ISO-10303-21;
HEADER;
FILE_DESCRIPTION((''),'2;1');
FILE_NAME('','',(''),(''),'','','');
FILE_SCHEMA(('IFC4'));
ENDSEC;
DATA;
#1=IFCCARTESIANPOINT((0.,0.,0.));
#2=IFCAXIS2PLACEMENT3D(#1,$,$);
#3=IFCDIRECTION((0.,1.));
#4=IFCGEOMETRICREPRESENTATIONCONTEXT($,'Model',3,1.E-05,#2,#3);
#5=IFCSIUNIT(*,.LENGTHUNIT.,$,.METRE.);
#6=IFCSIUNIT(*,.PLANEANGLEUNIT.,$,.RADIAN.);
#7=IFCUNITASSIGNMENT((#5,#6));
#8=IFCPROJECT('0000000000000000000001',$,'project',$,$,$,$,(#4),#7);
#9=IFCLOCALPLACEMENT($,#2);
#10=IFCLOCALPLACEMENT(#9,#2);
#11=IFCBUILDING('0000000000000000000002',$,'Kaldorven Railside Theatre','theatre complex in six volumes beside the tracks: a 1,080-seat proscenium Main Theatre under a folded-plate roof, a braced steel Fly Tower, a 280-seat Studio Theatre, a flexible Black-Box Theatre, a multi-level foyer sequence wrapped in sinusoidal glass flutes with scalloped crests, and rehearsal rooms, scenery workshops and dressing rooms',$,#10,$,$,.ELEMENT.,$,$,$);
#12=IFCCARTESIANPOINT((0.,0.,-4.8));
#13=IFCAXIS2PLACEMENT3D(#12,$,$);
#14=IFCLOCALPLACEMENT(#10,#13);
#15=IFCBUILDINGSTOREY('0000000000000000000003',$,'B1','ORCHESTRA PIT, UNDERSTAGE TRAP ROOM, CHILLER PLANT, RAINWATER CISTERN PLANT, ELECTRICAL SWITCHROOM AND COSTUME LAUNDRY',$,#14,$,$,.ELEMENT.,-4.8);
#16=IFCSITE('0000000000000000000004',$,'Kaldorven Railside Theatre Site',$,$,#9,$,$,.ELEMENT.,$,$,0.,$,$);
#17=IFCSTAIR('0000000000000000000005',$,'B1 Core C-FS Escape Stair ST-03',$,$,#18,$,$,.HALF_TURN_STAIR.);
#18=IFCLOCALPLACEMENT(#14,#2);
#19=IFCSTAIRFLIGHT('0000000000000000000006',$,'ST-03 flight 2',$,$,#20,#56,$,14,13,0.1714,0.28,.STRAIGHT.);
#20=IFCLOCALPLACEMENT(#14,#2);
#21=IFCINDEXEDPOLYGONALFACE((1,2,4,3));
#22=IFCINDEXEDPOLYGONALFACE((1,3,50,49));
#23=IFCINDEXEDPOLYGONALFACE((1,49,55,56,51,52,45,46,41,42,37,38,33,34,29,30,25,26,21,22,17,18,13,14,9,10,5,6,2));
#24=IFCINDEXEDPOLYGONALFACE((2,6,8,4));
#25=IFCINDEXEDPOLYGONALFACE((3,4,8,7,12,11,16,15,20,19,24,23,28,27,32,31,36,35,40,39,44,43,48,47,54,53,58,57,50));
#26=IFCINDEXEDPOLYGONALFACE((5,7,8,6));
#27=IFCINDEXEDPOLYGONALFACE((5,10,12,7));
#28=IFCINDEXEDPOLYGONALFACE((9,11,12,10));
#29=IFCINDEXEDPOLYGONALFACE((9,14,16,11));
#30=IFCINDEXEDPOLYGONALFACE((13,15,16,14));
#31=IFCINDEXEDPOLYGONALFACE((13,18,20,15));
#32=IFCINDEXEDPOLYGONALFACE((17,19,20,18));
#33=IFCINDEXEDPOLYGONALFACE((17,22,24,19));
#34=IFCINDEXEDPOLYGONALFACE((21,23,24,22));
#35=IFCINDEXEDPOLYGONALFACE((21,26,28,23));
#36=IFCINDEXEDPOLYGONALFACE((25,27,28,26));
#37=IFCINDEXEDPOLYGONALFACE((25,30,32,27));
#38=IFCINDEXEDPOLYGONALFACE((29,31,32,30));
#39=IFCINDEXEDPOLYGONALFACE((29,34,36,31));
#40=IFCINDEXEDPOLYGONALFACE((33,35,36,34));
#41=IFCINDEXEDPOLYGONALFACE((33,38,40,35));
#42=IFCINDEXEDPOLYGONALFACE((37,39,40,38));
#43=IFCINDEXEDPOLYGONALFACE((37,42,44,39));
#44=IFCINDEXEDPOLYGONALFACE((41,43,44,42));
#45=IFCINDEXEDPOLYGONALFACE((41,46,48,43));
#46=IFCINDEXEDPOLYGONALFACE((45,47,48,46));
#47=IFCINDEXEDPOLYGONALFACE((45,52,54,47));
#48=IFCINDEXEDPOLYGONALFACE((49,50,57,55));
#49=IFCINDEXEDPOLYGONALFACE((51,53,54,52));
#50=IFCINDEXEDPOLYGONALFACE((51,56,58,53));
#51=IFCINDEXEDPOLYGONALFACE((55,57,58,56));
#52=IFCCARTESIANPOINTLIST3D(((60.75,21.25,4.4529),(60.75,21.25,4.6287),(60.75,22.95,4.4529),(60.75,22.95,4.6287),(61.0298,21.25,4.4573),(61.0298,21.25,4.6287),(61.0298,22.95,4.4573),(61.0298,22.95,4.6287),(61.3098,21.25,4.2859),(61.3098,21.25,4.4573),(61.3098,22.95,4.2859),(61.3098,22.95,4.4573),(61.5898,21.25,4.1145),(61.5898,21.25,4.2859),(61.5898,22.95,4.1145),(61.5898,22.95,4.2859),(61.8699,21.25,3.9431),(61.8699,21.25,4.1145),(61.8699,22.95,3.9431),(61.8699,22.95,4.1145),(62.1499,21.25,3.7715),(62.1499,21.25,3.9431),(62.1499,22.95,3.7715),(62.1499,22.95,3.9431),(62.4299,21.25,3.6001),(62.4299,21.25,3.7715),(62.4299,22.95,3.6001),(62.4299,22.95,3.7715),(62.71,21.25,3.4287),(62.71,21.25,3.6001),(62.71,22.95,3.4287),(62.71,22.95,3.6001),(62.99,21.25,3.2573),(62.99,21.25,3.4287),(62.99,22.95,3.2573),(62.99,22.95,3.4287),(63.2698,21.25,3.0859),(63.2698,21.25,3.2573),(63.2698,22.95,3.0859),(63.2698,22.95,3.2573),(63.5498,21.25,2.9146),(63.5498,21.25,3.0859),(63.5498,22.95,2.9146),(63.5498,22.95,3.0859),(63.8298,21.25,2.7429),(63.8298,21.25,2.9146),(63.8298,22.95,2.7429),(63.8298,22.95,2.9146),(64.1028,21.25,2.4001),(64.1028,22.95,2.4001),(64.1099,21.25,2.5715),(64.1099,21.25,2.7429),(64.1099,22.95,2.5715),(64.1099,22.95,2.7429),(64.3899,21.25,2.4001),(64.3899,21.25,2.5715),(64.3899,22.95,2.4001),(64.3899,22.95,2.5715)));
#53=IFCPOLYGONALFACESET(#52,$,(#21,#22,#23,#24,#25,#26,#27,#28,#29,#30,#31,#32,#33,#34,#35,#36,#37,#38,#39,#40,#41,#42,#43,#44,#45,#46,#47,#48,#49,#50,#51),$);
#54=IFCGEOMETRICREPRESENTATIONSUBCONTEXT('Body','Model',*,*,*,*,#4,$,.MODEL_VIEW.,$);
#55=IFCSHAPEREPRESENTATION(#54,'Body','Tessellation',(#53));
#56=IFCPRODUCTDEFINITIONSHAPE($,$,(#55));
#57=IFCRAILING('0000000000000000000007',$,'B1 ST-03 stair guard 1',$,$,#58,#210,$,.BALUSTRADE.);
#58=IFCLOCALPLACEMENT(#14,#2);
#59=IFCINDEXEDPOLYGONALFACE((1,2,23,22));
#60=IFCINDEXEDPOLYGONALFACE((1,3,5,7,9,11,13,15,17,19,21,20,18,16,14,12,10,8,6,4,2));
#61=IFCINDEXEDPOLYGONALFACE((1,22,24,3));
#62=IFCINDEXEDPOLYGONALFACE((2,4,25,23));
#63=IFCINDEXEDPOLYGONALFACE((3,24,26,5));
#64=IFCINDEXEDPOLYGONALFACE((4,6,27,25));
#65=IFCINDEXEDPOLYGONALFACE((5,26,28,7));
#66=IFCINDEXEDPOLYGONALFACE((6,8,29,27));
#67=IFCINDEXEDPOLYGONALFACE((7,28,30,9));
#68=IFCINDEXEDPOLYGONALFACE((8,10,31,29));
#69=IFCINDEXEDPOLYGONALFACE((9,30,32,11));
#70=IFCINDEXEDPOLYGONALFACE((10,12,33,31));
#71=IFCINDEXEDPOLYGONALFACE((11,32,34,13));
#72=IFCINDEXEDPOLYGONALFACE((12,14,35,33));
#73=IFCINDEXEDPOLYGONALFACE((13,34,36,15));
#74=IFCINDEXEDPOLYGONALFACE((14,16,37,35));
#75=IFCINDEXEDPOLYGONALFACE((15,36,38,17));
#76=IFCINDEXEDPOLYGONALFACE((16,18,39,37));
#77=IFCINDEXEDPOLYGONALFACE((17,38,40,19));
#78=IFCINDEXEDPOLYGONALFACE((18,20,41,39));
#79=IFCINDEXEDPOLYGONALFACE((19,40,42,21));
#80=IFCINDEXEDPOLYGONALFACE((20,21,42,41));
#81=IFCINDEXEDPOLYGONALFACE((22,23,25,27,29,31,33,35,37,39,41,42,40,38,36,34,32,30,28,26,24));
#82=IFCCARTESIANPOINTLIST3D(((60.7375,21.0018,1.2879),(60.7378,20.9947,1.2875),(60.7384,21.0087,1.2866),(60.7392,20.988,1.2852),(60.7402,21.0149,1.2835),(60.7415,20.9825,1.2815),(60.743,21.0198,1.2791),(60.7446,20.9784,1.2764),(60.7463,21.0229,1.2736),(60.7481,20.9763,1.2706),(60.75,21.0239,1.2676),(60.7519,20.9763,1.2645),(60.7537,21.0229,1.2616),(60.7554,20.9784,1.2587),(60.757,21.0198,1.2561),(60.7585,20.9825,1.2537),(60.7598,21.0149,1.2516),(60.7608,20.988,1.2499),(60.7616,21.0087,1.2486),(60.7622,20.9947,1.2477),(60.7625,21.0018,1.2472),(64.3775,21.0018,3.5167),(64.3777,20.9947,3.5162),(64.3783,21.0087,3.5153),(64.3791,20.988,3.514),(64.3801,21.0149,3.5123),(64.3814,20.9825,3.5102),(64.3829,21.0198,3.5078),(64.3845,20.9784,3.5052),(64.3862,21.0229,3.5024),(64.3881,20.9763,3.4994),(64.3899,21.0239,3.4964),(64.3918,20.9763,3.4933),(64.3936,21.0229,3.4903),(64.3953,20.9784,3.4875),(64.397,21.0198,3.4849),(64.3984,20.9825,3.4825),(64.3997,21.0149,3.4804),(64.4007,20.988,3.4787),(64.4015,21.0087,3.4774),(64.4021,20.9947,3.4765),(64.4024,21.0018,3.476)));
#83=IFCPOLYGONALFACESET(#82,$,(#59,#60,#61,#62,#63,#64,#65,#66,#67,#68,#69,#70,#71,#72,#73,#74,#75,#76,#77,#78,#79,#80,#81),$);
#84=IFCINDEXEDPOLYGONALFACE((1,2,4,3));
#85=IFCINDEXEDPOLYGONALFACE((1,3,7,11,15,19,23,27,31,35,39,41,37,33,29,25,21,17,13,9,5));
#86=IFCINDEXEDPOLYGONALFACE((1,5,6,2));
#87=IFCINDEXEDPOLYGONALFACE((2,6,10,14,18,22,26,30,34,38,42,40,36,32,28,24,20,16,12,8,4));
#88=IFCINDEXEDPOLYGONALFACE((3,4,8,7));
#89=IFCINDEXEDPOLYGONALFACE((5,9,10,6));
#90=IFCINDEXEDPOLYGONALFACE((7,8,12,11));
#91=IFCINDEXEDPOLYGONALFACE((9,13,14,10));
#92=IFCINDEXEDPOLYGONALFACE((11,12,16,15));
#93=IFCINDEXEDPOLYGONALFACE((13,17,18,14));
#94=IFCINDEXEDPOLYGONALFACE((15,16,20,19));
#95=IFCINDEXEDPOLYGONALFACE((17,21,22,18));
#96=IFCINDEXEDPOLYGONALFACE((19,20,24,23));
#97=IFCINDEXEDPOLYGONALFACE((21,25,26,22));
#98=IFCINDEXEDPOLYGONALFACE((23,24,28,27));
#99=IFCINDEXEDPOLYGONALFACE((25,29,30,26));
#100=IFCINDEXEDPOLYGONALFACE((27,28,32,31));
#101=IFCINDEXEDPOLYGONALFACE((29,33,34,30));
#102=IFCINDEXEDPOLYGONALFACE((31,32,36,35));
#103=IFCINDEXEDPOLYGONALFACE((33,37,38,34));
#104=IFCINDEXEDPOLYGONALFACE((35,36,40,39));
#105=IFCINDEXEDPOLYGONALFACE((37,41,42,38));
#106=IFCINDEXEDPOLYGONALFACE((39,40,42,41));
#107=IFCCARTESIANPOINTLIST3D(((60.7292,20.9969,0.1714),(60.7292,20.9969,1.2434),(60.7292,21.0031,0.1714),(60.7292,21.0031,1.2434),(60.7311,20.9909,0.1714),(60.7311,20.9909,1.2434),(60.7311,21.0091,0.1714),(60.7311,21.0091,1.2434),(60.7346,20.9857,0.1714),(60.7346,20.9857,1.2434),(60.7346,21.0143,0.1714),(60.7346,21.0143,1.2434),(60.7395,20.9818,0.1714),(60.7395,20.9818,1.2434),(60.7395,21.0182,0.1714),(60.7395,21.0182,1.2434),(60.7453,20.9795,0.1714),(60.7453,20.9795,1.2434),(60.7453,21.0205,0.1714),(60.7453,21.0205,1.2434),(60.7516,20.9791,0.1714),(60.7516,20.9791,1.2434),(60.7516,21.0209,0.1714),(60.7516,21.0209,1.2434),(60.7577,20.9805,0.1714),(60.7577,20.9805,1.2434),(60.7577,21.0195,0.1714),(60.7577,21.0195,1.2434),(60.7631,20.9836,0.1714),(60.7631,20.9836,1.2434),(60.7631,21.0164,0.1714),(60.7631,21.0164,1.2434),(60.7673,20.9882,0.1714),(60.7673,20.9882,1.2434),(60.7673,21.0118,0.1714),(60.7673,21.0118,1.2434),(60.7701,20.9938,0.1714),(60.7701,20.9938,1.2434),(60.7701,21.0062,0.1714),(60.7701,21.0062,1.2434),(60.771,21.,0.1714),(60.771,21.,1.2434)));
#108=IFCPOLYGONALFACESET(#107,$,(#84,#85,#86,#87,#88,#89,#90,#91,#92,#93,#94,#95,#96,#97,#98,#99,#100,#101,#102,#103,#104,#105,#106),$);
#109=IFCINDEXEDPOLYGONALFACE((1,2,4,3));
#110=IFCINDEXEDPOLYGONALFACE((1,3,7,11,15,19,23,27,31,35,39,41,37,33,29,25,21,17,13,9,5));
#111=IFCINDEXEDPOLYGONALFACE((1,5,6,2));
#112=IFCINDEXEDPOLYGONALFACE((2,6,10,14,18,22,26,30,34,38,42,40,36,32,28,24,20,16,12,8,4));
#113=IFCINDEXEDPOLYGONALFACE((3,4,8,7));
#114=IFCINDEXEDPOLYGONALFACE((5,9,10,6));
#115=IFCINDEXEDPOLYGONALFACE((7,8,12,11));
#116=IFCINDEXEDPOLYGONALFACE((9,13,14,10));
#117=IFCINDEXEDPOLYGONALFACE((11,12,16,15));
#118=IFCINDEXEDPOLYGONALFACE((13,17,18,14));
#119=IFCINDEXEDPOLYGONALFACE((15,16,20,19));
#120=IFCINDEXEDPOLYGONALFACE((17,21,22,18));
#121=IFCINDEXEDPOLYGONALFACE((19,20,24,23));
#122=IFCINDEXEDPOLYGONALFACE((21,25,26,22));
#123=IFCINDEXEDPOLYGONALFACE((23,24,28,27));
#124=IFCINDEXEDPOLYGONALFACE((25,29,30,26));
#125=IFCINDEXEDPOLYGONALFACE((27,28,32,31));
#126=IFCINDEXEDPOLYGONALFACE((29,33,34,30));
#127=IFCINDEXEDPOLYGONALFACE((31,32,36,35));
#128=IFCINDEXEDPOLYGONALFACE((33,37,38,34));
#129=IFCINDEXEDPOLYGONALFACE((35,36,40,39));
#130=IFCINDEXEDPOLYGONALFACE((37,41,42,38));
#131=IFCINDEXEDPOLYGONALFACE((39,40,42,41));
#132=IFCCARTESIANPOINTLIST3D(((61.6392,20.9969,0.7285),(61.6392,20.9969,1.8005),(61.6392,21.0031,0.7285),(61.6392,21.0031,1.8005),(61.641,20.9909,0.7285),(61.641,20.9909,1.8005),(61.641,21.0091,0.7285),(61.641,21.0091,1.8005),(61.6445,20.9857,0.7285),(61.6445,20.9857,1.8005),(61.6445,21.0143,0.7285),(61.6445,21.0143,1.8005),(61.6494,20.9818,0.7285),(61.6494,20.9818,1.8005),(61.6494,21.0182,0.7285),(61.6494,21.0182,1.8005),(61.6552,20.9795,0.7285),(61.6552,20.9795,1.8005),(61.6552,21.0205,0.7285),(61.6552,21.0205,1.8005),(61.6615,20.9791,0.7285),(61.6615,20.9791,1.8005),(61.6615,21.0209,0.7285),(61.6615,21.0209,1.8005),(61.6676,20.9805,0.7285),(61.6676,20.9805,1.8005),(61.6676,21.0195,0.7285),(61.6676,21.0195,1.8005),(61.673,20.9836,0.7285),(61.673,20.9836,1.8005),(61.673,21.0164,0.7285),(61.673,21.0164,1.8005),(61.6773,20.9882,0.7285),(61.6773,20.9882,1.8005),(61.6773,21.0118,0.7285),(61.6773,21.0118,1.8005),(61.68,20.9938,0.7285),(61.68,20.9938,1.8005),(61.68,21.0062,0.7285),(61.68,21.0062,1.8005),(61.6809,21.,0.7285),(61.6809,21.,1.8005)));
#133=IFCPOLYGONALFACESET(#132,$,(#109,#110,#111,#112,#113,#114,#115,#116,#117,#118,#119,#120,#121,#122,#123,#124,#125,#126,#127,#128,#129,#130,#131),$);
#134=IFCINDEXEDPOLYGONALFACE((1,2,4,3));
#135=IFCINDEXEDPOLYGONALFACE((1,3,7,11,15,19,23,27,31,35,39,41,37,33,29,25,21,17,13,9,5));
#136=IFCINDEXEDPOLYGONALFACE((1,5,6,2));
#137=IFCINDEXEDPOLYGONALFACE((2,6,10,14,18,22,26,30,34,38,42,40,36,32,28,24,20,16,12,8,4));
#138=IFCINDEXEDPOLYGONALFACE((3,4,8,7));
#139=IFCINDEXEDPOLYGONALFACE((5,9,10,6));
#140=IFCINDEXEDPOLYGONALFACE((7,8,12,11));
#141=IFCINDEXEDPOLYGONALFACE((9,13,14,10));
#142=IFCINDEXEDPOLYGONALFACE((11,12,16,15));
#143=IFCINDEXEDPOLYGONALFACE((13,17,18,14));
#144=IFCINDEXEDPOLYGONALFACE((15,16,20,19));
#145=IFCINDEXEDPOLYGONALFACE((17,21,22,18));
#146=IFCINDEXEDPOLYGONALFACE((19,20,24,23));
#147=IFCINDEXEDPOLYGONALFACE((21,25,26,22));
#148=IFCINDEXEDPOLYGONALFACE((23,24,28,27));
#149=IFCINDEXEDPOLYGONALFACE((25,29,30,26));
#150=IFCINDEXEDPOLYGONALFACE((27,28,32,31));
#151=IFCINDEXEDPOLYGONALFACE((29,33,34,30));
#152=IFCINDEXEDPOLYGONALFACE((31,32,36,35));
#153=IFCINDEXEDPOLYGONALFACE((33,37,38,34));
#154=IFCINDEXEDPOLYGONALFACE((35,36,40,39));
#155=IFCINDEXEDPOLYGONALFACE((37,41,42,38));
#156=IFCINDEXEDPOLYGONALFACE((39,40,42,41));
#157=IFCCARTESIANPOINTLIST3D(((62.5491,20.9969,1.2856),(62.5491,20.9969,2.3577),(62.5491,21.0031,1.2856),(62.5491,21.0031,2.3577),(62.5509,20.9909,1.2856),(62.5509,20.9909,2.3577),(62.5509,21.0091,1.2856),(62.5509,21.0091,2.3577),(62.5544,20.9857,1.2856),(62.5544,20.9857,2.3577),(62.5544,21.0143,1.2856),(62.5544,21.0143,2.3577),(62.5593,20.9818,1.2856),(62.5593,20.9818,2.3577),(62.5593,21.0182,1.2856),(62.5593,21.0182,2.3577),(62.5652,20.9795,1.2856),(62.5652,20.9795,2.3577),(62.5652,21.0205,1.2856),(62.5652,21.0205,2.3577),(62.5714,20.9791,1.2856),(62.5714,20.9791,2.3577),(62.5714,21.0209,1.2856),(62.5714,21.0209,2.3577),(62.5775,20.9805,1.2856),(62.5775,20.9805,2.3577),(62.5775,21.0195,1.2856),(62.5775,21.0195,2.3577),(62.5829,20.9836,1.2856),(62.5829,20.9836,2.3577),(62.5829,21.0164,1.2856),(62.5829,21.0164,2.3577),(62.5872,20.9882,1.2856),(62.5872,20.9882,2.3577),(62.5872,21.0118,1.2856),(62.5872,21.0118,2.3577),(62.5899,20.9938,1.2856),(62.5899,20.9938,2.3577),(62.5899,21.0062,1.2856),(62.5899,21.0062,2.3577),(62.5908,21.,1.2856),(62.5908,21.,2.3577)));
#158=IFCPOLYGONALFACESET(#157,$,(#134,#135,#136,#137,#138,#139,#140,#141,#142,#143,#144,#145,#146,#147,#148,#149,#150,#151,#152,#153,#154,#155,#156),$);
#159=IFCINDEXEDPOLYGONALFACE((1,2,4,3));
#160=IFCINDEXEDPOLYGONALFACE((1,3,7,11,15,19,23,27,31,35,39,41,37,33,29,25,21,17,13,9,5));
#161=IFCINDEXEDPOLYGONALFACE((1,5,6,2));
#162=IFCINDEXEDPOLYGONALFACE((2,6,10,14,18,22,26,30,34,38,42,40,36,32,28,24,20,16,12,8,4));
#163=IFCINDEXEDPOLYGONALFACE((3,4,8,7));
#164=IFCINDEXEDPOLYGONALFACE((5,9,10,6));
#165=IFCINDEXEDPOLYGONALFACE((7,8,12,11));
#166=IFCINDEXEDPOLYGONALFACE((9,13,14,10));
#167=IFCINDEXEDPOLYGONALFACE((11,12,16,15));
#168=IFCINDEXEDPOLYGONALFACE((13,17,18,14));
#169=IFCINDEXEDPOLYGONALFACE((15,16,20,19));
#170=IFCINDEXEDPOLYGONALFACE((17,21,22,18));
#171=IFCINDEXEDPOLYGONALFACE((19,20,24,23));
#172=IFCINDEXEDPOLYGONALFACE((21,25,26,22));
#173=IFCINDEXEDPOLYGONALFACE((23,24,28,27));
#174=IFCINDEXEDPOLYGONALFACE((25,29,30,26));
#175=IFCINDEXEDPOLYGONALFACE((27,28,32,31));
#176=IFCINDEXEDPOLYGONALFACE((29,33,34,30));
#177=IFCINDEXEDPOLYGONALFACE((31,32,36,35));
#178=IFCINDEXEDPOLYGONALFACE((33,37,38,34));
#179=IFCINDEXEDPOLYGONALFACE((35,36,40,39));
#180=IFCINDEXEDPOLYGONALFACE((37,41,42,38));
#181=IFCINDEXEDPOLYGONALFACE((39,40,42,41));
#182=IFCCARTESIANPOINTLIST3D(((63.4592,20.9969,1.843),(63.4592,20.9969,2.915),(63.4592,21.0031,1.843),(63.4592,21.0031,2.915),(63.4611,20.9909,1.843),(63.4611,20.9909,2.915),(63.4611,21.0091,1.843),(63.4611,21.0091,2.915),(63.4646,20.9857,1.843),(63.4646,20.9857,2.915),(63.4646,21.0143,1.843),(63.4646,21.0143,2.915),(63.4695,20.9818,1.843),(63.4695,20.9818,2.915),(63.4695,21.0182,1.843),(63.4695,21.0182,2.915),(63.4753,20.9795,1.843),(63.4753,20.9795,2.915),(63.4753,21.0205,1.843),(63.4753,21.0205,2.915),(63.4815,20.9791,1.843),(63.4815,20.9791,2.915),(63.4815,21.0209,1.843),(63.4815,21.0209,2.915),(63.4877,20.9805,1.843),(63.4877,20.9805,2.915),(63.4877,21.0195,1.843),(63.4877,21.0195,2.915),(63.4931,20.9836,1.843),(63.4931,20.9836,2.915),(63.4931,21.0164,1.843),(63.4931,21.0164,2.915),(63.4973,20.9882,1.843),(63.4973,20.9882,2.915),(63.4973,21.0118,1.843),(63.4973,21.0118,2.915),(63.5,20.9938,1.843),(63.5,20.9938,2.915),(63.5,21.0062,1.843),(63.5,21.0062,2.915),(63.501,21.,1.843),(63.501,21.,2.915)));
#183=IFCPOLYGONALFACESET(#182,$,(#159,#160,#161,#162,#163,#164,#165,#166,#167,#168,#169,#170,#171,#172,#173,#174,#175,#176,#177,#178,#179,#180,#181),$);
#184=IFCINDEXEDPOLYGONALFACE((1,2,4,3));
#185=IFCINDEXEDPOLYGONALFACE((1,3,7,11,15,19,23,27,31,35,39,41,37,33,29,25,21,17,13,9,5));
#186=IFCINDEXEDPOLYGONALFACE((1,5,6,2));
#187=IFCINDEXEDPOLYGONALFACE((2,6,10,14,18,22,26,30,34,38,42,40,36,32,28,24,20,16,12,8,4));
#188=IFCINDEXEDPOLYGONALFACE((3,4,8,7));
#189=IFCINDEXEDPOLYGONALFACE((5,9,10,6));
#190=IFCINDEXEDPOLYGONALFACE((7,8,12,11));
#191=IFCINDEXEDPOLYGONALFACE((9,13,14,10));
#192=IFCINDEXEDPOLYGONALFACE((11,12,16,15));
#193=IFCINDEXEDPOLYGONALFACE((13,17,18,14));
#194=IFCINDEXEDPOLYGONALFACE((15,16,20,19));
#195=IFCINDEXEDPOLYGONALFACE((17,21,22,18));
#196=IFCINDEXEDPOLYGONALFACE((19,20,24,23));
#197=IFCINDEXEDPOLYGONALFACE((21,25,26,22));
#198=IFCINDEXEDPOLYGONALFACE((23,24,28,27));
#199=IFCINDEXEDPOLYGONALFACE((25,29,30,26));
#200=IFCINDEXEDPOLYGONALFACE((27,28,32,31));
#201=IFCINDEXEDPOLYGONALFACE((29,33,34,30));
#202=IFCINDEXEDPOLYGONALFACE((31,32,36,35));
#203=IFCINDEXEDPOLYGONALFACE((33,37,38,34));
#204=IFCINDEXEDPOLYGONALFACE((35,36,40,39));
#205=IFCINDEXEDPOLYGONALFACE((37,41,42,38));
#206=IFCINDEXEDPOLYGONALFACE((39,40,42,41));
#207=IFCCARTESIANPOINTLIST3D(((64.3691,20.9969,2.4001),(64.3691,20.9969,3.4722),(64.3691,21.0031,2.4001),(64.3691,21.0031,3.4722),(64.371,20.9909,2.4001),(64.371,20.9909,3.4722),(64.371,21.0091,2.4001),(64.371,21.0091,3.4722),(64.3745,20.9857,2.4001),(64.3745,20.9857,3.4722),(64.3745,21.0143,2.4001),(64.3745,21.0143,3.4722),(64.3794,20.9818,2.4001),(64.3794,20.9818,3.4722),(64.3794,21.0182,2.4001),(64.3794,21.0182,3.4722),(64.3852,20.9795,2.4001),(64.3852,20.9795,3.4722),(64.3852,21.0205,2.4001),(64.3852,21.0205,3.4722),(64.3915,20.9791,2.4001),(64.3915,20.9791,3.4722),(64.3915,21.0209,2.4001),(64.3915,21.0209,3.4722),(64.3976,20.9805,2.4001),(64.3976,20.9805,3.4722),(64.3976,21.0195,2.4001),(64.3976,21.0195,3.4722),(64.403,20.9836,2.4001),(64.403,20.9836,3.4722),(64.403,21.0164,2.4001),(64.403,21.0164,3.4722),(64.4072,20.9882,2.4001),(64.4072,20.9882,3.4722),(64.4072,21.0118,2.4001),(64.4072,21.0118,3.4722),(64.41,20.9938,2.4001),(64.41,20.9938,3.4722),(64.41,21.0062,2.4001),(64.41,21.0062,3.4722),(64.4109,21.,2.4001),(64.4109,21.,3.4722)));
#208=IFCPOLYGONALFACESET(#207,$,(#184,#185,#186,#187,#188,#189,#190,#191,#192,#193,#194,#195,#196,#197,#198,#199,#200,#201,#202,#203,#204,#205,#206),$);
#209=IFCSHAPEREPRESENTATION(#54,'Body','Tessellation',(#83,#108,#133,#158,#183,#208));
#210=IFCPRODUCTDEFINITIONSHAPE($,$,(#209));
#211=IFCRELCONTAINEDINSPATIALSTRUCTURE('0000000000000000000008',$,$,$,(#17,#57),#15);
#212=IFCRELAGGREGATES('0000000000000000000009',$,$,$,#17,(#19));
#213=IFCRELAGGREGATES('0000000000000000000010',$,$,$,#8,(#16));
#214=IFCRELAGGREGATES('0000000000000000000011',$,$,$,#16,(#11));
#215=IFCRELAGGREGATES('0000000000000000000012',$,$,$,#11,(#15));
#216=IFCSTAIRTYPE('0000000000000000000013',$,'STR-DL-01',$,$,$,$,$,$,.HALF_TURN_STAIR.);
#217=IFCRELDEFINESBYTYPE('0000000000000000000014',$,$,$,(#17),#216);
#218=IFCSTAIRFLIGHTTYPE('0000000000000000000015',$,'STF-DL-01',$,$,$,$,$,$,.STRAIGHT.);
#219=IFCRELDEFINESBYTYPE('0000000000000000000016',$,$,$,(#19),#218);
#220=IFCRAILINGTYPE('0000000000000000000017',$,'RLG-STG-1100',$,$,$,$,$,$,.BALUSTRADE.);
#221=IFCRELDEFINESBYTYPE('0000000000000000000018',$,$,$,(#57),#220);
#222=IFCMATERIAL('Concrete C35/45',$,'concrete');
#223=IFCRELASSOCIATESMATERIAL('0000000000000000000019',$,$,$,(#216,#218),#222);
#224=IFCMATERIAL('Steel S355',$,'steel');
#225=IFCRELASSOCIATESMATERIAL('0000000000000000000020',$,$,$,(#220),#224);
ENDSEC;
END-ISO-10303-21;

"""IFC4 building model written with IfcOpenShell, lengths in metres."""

from ifc_helpers import new_model, si_unit, direction, frame, origin, origin_2d, place, context, subcontext, project, spatial, polyline, circle, outline, extrude, material, type_object, element, aggregate, save


model = new_model("IFC4")

# Units and contexts
model_context = context("Model", 3, precision=1e-05, world=origin(), true_north=direction((0.0, 1.0)))
body_context = subcontext(model_context, "Body", "Model", "MODEL_VIEW")
ifc_project = project(units=[si_unit("LENGTHUNIT", "METRE"), si_unit("PLANEANGLEUNIT", "RADIAN")], contexts=[model_context])

# Site, building, storey
site_placement = place(None, origin())
site = spatial("IfcSite", under=ifc_project, at=site_placement, Name="Kaldorven Railside Theatre Site", CompositionType="ELEMENT", RefElevation=0.0)
building_placement = place(site_placement, origin())
building = spatial("IfcBuilding", under=site, at=building_placement, Name="Kaldorven Railside Theatre", Description="theatre complex in six volumes beside the tracks: a 1,080-seat proscenium Main Theatre under a folded-plate roof, a braced steel Fly Tower, a 280-seat Studio Theatre, a flexible Black-Box Theatre, a multi-level foyer sequence wrapped in sinusoidal glass flutes with scalloped crests, and rehearsal rooms, scenery workshops and dressing rooms", CompositionType="ELEMENT")
storey_placement = place(building_placement, frame((0.0, 0.0, -4.8)))
storey = spatial("IfcBuildingStorey", under=building, at=storey_placement, Name="B1", Description="ORCHESTRA PIT, UNDERSTAGE TRAP ROOM, CHILLER PLANT, RAINWATER CISTERN PLANT, ELECTRICAL SWITCHROOM AND COSTUME LAUNDRY", CompositionType="ELEMENT", Elevation=-4.8)

# Shared definitions
ifc_material_1 = material(Name="Concrete C35/45", Category="concrete")

# Stair, stair flight
stair_type = type_object("IfcStairType", Name="STR-DL-01", PredefinedType="HALF_TURN_STAIR", material=ifc_material_1)
stair_placement = place(storey_placement, origin())
stair = element("IfcStair", 1, at=stair_placement, inside=storey, type_object=stair_type, Name="B1 Core C-FS Escape Stair ST-03", PredefinedType="HALF_TURN_STAIR")
stair_flight_type = type_object("IfcStairFlightType", Name="STF-DL-01", PredefinedType="STRAIGHT", material=ifc_material_1)
stair_flight_1_placement = place(storey_placement, frame((64.3899, 22.1001, 2.4001), z_axis=(0.0, 0.0, 1.0), x_axis=(-1.0, 0.0, 0.0)))
stair_flight_1 = element("IfcStairFlight", 2, at=stair_flight_1_placement, type_object=stair_flight_type, Name="ST-03 flight 2", NumberOfRisers=14, NumberOfTreads=13, PredefinedType="STRAIGHT", RiserHeight=0.1714, TreadLength=0.28, context=body_context, shape_type="SweptSolid", body=[
    extrude(outline(polyline([(0.0, 0.0), (0.0, 0.1714), (0.28, 0.1714), (0.28, 0.3428), (0.5601, 0.3428), (0.5601, 0.5144), (0.8401, 0.5144), (0.8401, 0.6858), (1.1201, 0.6858), (1.1201, 0.8572), (1.3999, 0.8572), (1.3999, 1.0286), (1.6799, 1.0286), (1.6799, 1.2), (1.96, 1.2), (1.96, 1.3713), (2.24, 1.3713), (2.24, 1.543), (2.52, 1.543), (2.52, 1.7144), (2.8, 1.7144), (2.8, 1.8857), (3.0801, 1.8857), (3.0801, 2.0571), (3.3601, 2.0571), (3.3601, 2.2285), (3.6399, 2.2285), (3.6399, 2.3999), (3.6399, 2.0527), (0.2871, 0.0), (0.0, 0.0)])), frame((0.0, 0.8501, 0.0), z_axis=(0.0, -1.0, 0.0), x_axis=(1.0, 0.0, 0.0)), (0.0, 0.0, 1.0), 1.7),
])
aggregate(stair, [stair_flight_1])

# Railing
ifc_material_2 = material(Name="Steel S355", Category="steel")
railing_type_1 = type_object("IfcRailingType", Name="RLG-STG-1100", PredefinedType="BALUSTRADE", material=ifc_material_2)
railing_1_placement = place(storey_placement, frame((60.75, 21.0, 0.1714)))
element("IfcRailing", 3, at=railing_1_placement, inside=storey, type_object=railing_type_1, Name="B1 ST-03 stair guard 1", PredefinedType="BALUSTRADE", context=body_context, shape_type="SweptSolid", body=[
    extrude(circle(Radius=0.0239, at=origin_2d()), frame((0.0, 0.0, 1.0962), z_axis=(0.852825, 0.0, 0.522197), x_axis=(0.0, 1.0, 0.0)), (0.0, 0.0, 1.0), 4.2681),
    extrude(circle(Radius=0.021, at=origin_2d()), origin(), (0.0, 0.0, 1.0), 1.072),
    extrude(circle(Radius=0.021, at=origin_2d()), frame((0.9099, 0.0, 0.5571)), (0.0, 0.0, 1.0), 1.072),
    extrude(circle(Radius=0.021, at=origin_2d()), frame((1.8198, 0.0, 1.1143)), (0.0, 0.0, 1.0), 1.072),
    extrude(circle(Radius=0.021, at=origin_2d()), frame((2.73, 0.0, 1.6716)), (0.0, 0.0, 1.0), 1.072),
    extrude(circle(Radius=0.021, at=origin_2d()), frame((3.6399, 0.0, 2.2288)), (0.0, 0.0, 1.0), 1.072),
])

save(model, "model.ifc")
